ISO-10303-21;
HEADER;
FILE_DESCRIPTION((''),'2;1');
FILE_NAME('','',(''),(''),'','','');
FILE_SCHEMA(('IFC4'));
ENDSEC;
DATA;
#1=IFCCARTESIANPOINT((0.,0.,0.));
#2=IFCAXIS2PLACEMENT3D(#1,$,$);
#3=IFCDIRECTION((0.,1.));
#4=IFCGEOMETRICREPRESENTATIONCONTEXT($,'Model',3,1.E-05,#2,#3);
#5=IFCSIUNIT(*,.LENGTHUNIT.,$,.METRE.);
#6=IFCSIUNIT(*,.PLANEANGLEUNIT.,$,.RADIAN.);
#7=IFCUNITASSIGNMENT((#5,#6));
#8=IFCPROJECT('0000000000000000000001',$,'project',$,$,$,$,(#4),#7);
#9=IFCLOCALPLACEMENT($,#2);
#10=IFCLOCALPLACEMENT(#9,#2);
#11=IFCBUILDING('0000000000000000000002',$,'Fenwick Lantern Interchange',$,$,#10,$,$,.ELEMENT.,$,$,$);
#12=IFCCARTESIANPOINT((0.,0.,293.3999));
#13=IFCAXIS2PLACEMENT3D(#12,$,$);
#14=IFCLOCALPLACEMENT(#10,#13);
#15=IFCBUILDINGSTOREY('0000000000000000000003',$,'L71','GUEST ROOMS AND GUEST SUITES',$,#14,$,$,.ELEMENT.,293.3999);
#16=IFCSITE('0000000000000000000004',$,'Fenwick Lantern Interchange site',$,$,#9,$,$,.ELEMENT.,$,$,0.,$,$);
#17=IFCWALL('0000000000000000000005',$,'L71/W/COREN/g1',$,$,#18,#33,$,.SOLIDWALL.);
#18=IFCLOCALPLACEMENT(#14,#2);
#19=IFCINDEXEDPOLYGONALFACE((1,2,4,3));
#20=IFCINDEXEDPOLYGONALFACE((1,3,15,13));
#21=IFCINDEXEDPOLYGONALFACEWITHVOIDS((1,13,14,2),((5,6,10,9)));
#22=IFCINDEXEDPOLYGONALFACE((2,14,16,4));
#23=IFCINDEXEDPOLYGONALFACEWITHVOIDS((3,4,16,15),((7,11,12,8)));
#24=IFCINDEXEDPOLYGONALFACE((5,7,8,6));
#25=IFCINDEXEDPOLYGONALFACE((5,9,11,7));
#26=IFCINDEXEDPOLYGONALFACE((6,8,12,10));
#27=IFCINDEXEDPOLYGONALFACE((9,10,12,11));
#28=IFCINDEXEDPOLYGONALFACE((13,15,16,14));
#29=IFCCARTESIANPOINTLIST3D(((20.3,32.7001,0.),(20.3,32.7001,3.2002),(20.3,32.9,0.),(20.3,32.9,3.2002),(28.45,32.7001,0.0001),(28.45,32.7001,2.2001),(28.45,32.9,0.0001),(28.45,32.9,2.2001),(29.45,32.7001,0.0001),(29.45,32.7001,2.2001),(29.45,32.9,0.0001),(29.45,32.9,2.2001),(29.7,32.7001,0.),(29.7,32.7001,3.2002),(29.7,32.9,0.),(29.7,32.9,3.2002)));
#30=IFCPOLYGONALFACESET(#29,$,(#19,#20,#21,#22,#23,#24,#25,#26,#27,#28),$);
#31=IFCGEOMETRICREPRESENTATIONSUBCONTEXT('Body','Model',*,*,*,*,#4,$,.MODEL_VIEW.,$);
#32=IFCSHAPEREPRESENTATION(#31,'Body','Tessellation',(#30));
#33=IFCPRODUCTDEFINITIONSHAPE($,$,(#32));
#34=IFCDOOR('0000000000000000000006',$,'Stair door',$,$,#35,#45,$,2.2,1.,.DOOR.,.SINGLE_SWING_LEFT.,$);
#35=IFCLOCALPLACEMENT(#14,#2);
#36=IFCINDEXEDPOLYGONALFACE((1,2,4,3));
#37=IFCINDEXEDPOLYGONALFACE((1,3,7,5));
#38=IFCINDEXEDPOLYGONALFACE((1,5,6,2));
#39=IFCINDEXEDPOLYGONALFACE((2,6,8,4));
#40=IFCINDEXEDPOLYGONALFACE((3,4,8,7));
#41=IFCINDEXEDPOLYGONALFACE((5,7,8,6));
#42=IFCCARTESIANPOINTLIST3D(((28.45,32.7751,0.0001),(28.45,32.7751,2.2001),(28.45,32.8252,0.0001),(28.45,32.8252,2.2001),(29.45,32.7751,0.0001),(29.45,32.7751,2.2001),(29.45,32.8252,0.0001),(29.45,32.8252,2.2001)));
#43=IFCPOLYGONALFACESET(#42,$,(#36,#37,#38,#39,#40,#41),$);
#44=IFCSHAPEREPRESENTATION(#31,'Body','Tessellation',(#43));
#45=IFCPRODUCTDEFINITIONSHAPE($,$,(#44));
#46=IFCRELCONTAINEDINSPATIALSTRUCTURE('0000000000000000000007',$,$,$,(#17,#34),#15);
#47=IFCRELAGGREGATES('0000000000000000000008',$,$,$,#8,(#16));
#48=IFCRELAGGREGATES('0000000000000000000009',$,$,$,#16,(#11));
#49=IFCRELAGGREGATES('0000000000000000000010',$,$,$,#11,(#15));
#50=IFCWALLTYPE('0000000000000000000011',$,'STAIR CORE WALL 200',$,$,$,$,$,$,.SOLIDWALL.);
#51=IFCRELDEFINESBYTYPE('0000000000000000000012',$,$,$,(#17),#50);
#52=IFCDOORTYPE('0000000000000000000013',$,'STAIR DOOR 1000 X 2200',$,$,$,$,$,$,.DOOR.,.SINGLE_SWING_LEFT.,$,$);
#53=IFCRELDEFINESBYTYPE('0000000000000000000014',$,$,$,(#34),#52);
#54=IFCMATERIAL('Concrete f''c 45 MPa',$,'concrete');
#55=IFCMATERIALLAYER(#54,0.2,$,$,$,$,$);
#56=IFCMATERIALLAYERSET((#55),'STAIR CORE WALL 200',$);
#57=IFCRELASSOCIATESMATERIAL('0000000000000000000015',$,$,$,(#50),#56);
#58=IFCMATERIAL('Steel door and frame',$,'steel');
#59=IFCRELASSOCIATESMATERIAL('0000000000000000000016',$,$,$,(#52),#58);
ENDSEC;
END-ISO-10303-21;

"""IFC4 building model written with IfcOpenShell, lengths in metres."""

from ifc_helpers import new_model, si_unit, direction, frame, frame_2d, origin, place, context, subcontext, project, spatial, rectangle, extrude, material, layer, layer_set, type_object, element, fill, save


model = new_model("IFC4")

# Units and contexts
model_context = context("Model", 3, precision=1e-05, world=origin(), true_north=direction((0.0, 1.0)))
body_context = subcontext(model_context, "Body", "Model", "MODEL_VIEW")
ifc_project = project(units=[si_unit("LENGTHUNIT", "METRE"), si_unit("PLANEANGLEUNIT", "RADIAN")], contexts=[model_context])

# Site, building, storey
site_placement = place(None, origin())
site = spatial("IfcSite", under=ifc_project, at=site_placement, Name="Fenwick Lantern Interchange site", CompositionType="ELEMENT", RefElevation=0.0)
building_placement = place(site_placement, origin())
building = spatial("IfcBuilding", under=site, at=building_placement, Name="Fenwick Lantern Interchange", CompositionType="ELEMENT")
storey_placement = place(building_placement, frame((0.0, 0.0, 293.3999)))
storey = spatial("IfcBuildingStorey", under=building, at=storey_placement, Name="L71", Description="GUEST ROOMS AND GUEST SUITES", CompositionType="ELEMENT", Elevation=293.3999)

# Shared definitions
ifc_material_1 = material(Name="Steel door and frame", Category="steel")

# Shared definitions
ifc_material_2 = material(Name="Concrete f'c 45 MPa", Category="concrete")
ifc_layer_1 = layer(ifc_material_2, 0.2)
ifc_layer_set_1 = layer_set([ifc_layer_1], Name="STAIR CORE WALL 200")
wall_type_1 = type_object("IfcWallType", Name="STAIR CORE WALL 200", PredefinedType="SOLIDWALL", material=ifc_layer_set_1)

# Wall, opening, door
wall_1_placement = place(storey_placement, frame((29.7, 32.8, 0.0), z_axis=(0.0, 0.0, 1.0), x_axis=(-1.0, 0.0, 0.0)))
wall_1 = element("IfcWall", 1, at=wall_1_placement, inside=storey, type_object=wall_type_1, Name="L71/W/COREN/g1", PredefinedType="SOLIDWALL", context=body_context, shape_type="SweptSolid", body=[
    extrude(rectangle(XDim=9.3999, YDim=0.2, at=frame_2d((4.7, 0.0))), origin(), (0.0, 0.0, 1.0), 3.2002),
])
opening_1_placement = place(wall_1_placement, frame((0.25, 0.0, 0.0)))
opening_1 = element("IfcOpeningElement", 2, at=opening_1_placement, cuts=wall_1, PredefinedType="OPENING", context=body_context, shape_type="SweptSolid", body=[
    extrude(rectangle(XDim=1.0, YDim=2.2, at=frame_2d((0.5, 1.1001))), frame((0.0, 0.1099, 0.0), z_axis=(0.0, -1.0, 0.0), x_axis=(1.0, 0.0, 0.0)), (0.0, 0.0, 1.0), 0.22),
])
door_type_1 = type_object("IfcDoorType", Name="STAIR DOOR 1000 X 2200", OperationType="SINGLE_SWING_LEFT", PredefinedType="DOOR", material=ifc_material_1)
door_1_placement = place(opening_1_placement, origin())
door_1 = element("IfcDoor", 3, at=door_1_placement, inside=storey, type_object=door_type_1, Name="Stair door", OperationType="SINGLE_SWING_LEFT", OverallHeight=2.2, OverallWidth=1.0, PredefinedType="DOOR", context=body_context, shape_type="SweptSolid", body=[
    extrude(rectangle(XDim=1.0, YDim=2.2, at=frame_2d((0.5, 1.1001))), frame((0.0, 0.0249, 0.0), z_axis=(0.0, -1.0, 0.0), x_axis=(1.0, 0.0, 0.0)), (0.0, 0.0, 1.0), 0.05),
])
fill(opening_1, door_1)

save(model, "model.ifc")
